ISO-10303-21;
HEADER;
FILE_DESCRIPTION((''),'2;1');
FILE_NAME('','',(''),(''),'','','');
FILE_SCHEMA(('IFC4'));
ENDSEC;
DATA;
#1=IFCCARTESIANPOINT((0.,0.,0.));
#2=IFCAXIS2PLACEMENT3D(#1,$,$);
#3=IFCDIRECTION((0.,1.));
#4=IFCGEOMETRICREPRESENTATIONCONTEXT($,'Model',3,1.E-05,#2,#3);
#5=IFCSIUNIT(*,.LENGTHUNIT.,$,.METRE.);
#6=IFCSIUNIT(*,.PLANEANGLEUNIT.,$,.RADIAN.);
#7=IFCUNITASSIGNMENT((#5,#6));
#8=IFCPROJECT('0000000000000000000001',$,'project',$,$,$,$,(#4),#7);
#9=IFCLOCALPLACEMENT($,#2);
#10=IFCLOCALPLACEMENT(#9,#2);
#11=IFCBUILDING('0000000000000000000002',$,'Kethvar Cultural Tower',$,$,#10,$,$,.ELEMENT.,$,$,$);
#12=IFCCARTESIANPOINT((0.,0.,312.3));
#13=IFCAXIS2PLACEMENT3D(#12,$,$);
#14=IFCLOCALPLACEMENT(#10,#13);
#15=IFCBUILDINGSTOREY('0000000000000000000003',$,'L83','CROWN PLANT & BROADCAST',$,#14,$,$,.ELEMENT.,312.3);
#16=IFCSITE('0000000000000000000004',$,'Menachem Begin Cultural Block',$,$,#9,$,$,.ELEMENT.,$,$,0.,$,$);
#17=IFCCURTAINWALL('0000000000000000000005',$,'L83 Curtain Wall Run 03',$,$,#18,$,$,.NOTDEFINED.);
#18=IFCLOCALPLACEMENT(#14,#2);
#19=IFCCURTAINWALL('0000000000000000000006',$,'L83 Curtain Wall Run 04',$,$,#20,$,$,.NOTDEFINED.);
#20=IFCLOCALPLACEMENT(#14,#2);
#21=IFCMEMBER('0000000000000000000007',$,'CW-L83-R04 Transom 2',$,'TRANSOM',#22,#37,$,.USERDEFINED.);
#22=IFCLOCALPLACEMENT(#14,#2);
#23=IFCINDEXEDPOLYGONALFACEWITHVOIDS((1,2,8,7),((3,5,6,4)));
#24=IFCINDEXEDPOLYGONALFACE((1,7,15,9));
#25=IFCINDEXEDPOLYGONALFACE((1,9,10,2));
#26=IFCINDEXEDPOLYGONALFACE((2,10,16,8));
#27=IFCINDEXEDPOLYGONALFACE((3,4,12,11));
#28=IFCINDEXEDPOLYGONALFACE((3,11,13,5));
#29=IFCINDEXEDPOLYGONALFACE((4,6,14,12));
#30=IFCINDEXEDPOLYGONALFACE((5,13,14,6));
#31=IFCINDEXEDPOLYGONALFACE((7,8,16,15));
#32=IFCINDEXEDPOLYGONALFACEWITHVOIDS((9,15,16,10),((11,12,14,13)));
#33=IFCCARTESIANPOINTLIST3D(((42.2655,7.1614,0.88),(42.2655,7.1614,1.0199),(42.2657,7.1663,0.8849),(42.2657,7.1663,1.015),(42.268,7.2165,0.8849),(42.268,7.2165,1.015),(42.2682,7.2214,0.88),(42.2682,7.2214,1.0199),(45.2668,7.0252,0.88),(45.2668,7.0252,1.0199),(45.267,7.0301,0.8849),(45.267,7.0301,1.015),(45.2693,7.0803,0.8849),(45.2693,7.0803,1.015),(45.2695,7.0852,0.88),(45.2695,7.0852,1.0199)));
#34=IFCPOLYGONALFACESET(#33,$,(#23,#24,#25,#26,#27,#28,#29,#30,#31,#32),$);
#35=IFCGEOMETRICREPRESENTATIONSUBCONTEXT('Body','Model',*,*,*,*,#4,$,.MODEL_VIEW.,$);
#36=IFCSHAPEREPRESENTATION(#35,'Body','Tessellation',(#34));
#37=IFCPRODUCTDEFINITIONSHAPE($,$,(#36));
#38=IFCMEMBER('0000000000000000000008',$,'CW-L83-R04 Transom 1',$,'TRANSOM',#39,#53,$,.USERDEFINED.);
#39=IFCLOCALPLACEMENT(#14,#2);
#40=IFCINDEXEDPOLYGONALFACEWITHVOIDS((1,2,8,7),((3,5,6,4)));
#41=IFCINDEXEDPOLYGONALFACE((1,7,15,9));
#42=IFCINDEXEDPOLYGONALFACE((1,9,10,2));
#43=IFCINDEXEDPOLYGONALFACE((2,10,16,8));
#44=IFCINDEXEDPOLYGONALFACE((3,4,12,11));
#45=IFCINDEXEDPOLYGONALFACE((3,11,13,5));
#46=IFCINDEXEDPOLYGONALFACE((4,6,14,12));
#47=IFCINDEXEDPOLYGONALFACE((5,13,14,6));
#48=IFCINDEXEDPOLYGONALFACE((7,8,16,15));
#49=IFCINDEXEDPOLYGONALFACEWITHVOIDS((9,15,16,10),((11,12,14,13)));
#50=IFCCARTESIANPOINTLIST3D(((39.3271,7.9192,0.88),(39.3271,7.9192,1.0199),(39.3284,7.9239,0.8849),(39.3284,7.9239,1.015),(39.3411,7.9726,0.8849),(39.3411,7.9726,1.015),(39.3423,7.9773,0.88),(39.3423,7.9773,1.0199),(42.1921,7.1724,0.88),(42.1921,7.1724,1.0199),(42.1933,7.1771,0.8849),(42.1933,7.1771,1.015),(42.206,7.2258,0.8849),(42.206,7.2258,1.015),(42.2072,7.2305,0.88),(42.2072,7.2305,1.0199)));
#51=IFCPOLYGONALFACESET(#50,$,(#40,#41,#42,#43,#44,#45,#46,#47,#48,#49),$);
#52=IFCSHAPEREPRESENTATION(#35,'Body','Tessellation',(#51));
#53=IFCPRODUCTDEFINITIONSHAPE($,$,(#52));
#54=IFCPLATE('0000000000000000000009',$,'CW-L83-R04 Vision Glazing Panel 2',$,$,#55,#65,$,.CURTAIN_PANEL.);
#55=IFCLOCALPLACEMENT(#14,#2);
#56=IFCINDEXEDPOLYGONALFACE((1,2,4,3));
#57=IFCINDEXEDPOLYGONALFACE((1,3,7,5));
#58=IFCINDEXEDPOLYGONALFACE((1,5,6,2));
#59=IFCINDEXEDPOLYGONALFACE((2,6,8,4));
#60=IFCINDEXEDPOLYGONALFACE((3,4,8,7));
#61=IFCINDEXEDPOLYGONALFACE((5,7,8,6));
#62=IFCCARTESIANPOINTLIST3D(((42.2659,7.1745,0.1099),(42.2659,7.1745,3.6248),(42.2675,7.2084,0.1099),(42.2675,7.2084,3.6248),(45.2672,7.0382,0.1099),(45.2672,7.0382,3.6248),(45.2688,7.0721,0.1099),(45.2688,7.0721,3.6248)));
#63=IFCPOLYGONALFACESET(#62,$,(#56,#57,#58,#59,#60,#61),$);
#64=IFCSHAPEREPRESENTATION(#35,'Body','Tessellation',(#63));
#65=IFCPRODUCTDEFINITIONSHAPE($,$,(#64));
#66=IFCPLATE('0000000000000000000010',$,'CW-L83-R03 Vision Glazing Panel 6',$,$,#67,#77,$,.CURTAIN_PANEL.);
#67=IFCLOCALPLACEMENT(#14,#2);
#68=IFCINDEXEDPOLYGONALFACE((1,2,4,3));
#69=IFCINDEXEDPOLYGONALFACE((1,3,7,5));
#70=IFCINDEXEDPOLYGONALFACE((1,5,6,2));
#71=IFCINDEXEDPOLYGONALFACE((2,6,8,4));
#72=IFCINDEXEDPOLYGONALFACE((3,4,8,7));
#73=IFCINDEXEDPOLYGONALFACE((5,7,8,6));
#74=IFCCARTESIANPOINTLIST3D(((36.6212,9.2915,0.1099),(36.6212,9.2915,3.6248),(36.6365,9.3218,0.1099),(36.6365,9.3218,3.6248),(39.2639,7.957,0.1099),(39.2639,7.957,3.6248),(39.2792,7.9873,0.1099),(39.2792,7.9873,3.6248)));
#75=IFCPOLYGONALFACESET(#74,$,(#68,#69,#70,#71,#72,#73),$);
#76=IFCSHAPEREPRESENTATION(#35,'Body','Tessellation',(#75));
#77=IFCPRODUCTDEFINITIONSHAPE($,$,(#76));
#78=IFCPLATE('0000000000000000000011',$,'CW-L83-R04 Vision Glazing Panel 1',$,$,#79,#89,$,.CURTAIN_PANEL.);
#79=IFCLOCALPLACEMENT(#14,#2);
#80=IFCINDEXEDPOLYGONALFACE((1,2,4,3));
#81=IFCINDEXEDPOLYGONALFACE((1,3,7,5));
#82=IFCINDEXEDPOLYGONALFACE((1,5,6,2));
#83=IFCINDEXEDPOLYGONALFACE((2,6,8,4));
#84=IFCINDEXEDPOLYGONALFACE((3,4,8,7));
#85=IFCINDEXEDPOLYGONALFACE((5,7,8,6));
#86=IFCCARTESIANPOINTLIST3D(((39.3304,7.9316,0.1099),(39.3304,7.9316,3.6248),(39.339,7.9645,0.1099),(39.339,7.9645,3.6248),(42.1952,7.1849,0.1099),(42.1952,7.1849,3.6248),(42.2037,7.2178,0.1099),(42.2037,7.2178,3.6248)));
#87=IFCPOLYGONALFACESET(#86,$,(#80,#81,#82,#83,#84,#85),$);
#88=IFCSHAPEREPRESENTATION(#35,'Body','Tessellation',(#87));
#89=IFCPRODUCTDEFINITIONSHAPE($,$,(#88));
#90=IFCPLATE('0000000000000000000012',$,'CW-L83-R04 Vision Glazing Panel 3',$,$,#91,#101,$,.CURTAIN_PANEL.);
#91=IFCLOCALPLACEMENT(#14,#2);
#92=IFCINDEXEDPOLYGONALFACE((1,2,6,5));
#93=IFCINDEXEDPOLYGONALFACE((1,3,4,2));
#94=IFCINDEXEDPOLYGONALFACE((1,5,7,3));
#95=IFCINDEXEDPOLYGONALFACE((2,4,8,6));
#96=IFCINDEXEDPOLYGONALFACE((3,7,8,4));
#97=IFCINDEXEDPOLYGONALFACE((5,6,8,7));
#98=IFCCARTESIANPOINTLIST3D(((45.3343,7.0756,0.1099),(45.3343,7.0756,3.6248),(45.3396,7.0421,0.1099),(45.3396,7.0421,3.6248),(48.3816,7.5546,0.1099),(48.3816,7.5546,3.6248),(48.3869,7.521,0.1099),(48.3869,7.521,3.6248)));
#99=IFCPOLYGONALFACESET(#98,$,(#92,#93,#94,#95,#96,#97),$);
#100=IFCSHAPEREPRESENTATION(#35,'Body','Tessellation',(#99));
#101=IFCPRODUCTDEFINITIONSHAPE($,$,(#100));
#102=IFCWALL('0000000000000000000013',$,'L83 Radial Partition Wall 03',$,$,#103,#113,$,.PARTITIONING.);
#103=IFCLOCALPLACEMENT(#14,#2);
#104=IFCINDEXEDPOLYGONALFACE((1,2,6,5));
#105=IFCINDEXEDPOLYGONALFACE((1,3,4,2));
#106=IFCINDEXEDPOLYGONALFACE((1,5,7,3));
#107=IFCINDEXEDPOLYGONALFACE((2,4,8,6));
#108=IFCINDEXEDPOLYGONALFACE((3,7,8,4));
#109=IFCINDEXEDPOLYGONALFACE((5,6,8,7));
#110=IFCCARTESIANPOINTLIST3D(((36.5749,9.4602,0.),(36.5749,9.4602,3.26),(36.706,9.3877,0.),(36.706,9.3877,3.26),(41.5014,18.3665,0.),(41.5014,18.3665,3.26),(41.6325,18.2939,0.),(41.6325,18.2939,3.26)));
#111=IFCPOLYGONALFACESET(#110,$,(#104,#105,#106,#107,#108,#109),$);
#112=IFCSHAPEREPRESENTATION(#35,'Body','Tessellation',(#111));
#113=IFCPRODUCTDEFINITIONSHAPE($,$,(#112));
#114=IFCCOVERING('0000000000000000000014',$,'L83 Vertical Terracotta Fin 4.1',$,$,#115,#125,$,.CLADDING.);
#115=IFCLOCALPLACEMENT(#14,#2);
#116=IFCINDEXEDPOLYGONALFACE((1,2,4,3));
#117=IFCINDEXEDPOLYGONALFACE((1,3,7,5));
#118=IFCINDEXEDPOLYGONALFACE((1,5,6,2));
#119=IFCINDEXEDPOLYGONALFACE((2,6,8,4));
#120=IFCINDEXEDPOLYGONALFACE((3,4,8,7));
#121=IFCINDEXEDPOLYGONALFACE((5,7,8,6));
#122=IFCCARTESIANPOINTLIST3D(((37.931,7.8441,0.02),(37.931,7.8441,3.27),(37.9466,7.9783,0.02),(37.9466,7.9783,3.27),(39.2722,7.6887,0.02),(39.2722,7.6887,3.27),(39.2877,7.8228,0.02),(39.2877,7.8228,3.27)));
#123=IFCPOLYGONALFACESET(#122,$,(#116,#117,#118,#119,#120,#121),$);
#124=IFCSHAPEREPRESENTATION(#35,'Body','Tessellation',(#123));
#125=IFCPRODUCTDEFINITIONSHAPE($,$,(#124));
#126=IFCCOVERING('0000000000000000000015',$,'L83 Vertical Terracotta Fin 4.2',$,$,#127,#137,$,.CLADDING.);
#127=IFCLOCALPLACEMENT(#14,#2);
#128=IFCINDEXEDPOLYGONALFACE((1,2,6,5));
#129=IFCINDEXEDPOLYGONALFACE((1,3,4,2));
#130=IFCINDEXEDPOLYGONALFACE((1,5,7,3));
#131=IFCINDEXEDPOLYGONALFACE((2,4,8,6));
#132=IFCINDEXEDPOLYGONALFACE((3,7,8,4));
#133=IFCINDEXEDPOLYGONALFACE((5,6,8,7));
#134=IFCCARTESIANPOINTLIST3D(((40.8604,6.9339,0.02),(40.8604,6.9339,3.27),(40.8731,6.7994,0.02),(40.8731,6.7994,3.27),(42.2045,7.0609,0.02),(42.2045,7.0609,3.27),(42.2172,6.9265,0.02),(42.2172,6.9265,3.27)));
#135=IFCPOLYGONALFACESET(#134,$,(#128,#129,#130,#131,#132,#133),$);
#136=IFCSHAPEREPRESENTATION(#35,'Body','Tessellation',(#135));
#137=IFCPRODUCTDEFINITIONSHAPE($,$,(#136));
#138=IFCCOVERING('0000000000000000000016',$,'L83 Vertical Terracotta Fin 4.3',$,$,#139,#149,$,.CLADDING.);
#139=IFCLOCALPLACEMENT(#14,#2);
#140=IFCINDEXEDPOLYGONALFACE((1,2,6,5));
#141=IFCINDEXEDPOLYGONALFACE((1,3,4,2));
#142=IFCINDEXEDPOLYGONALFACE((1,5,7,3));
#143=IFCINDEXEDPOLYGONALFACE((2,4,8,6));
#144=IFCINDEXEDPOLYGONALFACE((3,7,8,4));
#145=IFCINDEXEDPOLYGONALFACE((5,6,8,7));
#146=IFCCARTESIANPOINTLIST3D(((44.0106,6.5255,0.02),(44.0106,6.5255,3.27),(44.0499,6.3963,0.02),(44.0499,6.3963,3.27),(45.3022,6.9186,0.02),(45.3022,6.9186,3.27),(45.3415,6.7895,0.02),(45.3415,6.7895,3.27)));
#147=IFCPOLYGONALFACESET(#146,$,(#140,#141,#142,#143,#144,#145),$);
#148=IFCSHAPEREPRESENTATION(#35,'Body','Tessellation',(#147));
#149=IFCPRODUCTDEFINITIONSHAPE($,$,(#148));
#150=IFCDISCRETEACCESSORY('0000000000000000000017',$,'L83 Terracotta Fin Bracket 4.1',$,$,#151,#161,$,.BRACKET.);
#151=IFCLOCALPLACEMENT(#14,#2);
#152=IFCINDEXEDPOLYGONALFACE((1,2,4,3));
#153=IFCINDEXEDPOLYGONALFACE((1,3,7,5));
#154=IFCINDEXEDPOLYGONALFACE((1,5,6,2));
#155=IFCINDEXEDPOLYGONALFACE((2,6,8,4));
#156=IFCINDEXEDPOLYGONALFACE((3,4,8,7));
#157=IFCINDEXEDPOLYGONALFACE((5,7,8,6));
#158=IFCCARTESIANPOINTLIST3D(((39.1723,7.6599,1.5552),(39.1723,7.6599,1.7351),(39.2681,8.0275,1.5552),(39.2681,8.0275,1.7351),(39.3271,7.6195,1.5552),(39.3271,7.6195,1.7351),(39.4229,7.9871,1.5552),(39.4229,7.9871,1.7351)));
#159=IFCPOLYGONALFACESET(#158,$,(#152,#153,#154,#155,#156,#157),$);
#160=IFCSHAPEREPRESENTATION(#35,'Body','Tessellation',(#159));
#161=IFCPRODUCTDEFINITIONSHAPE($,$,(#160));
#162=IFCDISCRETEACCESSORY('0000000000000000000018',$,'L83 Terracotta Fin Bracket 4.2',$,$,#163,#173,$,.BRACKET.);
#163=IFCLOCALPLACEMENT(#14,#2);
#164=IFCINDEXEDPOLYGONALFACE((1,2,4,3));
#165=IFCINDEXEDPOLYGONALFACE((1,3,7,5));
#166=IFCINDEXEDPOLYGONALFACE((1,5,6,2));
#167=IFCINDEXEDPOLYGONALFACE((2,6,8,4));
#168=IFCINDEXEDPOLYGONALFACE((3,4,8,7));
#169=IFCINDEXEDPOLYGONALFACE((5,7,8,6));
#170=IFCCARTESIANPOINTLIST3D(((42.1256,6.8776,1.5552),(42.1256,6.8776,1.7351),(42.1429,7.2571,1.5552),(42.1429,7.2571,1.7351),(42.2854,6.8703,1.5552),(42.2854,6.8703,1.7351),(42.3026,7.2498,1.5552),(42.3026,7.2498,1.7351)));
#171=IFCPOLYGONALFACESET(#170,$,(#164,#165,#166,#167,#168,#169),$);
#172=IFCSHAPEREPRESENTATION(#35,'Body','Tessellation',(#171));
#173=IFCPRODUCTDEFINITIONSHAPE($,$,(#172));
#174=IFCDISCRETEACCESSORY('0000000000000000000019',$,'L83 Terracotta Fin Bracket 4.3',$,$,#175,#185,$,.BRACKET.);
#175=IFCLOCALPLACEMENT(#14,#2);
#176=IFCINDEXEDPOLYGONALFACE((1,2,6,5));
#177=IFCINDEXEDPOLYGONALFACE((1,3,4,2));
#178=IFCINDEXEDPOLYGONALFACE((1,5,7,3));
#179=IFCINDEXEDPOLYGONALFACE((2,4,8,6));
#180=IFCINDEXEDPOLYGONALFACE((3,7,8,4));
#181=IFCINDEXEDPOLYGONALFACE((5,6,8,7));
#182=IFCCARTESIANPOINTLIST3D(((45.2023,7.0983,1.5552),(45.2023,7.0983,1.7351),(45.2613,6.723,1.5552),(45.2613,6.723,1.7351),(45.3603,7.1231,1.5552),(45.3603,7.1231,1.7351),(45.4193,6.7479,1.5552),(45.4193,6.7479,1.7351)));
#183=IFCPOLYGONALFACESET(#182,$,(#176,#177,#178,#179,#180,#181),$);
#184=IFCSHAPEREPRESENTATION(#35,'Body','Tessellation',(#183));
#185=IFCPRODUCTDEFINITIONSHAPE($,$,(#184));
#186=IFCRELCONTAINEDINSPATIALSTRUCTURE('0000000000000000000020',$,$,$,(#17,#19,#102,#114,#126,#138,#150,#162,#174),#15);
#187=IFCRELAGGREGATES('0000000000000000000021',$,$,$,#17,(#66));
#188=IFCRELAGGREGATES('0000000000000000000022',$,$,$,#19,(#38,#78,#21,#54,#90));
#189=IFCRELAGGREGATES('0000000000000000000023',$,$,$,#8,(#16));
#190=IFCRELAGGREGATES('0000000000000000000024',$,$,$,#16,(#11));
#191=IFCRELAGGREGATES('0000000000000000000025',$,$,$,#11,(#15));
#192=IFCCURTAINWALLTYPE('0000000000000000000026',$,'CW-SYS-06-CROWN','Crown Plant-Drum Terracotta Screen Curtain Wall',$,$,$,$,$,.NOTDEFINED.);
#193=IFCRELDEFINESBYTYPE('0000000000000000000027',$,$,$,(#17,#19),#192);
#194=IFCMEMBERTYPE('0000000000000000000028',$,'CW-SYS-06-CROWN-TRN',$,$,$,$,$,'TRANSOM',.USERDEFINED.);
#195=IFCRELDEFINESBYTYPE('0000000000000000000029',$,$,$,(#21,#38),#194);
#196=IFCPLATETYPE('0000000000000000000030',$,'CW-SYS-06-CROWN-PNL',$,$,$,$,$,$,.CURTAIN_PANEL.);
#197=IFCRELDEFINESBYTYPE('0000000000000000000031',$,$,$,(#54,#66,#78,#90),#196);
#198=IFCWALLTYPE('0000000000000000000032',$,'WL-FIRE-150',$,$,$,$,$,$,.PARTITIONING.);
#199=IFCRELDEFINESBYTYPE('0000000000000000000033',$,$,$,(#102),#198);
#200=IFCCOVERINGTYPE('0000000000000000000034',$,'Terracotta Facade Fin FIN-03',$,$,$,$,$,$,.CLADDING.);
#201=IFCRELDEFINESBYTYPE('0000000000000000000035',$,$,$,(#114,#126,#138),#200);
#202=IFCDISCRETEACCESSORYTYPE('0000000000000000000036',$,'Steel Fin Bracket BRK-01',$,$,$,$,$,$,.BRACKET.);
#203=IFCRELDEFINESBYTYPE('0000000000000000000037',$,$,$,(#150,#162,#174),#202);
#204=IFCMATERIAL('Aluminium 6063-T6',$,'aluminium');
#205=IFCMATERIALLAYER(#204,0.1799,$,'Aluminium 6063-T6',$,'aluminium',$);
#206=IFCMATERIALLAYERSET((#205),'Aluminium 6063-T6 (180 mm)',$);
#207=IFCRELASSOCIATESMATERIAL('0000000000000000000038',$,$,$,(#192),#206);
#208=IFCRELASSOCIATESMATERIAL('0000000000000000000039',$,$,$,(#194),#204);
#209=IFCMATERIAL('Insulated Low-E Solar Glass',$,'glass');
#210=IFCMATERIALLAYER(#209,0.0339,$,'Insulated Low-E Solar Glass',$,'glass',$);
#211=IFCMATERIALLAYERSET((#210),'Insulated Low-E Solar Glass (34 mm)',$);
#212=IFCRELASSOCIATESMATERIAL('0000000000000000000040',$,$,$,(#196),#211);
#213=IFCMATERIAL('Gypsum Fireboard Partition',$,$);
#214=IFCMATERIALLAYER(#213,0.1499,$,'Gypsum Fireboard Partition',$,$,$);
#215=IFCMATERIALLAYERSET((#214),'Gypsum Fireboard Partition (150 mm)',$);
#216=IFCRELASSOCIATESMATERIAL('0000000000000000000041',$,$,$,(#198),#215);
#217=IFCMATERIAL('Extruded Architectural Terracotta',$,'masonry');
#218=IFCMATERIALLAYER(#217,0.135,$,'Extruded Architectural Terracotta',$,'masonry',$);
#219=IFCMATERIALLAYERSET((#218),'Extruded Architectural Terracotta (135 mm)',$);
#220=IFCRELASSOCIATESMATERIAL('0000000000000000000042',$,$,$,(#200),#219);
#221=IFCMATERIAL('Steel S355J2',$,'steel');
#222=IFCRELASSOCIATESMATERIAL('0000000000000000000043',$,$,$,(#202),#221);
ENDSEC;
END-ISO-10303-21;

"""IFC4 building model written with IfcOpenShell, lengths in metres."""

from ifc_helpers import new_model, si_unit, direction, frame, frame_2d, origin, origin_2d, place, context, subcontext, project, spatial, rectangle, hollow_rectangle, extrude, source, transform, mapped, material, layer, layer_set, material_profile, profile_set, type_object, element, aggregate, save


model = new_model("IFC4")

# Units and contexts
model_context = context("Model", 3, precision=1e-05, world=origin(), true_north=direction((0.0, 1.0)))
body_context = subcontext(model_context, "Body", "Model", "MODEL_VIEW")
ifc_project = project(units=[si_unit("LENGTHUNIT", "METRE"), si_unit("PLANEANGLEUNIT", "RADIAN")], contexts=[model_context])

# Site, building, storey
site_placement = place(None, origin())
site = spatial("IfcSite", under=ifc_project, at=site_placement, Name="Menachem Begin Cultural Block", CompositionType="ELEMENT", RefElevation=0.0)
building_placement = place(site_placement, origin())
building = spatial("IfcBuilding", under=site, at=building_placement, Name="Kethvar Cultural Tower", CompositionType="ELEMENT")
storey_placement = place(building_placement, frame((0.0, 0.0, 312.3)))
storey = spatial("IfcBuildingStorey", under=building, at=storey_placement, Name="L83", Description="CROWN PLANT & BROADCAST", CompositionType="ELEMENT", Elevation=312.3)

# Shared definitions
ifc_material_1 = material(Name="Steel S355J2", Category="steel")

# Curtain wall
ifc_material_2 = material(Name="Aluminium 6063-T6", Category="aluminium")
ifc_layer_1 = layer(ifc_material_2, 0.1799, Name="Aluminium 6063-T6", Category="aluminium")
ifc_layer_set_1 = layer_set([ifc_layer_1], Name="Aluminium 6063-T6 (180 mm)")
curtain_wall_type = type_object("IfcCurtainWallType", Name="CW-SYS-06-CROWN", Description="Crown Plant-Drum Terracotta Screen Curtain Wall", PredefinedType="NOTDEFINED", material=ifc_layer_set_1)
curtain_wall_1_placement = place(storey_placement, origin())
curtain_wall_1 = element("IfcCurtainWall", 1, at=curtain_wall_1_placement, inside=storey, type_object=curtain_wall_type, Name="L83 Curtain Wall Run 03", PredefinedType="NOTDEFINED")

# Curtain wall, members, plate
curtain_wall_2_placement = place(storey_placement, origin())
curtain_wall_2 = element("IfcCurtainWall", 2, at=curtain_wall_2_placement, inside=storey, type_object=curtain_wall_type, Name="L83 Curtain Wall Run 04", PredefinedType="NOTDEFINED")
ifc_material_profile_1 = material_profile(ifc_material_2, hollow_rectangle(XDim=0.0601, YDim=0.1399, WallThickness=0.0049, at=origin_2d()), Name="Aluminium 6063-T6 — RHS140x60x5")
ifc_profile_set_1 = profile_set([ifc_material_profile_1], Name="Aluminium 6063-T6 — RHS140x60x5")
member_type_1 = type_object("IfcMemberType", Name="CW-SYS-06-CROWN-TRN", ElementType="TRANSOM", PredefinedType="USERDEFINED", material=ifc_profile_set_1)
shared_shape_1 = source(origin(), body_context, "Body", "SweptSolid", [
    extrude(hollow_rectangle(XDim=0.0601, YDim=0.1399, WallThickness=0.0049, at=origin_2d()), origin(), (0.0, 0.0, 1.0), 3.0044),
])
member_1_placement = place(storey_placement, frame((42.2668, 7.1914, 0.95), z_axis=(0.998971, -0.045345, 0.0), x_axis=(0.045345, 0.998971, 0.0)))
member_1 = element("IfcMember", 3, at=member_1_placement, type_object=member_type_1, Name="CW-L83-R04 Transom 2", ObjectType="TRANSOM", PredefinedType="USERDEFINED", context=body_context, shape_type="MappedRepresentation", body=[
    mapped(shared_shape_1, transform((0.0, 0.0, 0.0), scale=1.0)),
])
shared_shape_2 = source(origin(), body_context, "Body", "SweptSolid", [
    extrude(hollow_rectangle(XDim=0.0601, YDim=0.1399, WallThickness=0.0049, at=origin_2d()), origin(), (0.0, 0.0, 1.0), 2.9607),
])
member_2_placement = place(storey_placement, frame((39.3347, 7.9482, 0.95), z_axis=(0.967664, -0.252244, 0.0), x_axis=(0.252244, 0.967664, 0.0)))
member_2 = element("IfcMember", 4, at=member_2_placement, type_object=member_type_1, Name="CW-L83-R04 Transom 1", ObjectType="TRANSOM", PredefinedType="USERDEFINED", context=body_context, shape_type="MappedRepresentation", body=[
    mapped(shared_shape_2, transform((0.0, 0.0, 0.0), scale=1.0)),
])
ifc_material_3 = material(Name="Insulated Low-E Solar Glass", Category="glass")
ifc_layer_2 = layer(ifc_material_3, 0.0339, Name="Insulated Low-E Solar Glass", Category="glass")
ifc_layer_set_2 = layer_set([ifc_layer_2], Name="Insulated Low-E Solar Glass (34 mm)")
plate_type = type_object("IfcPlateType", Name="CW-SYS-06-CROWN-PNL", PredefinedType="CURTAIN_PANEL", material=ifc_layer_set_2)
shared_shape_3 = source(origin(), body_context, "Body", "SweptSolid", [
    extrude(rectangle(XDim=3.0044, YDim=0.0339, at=origin_2d()), origin(), (0.0, 0.0, 1.0), 3.5149),
])
plate_1_placement = place(storey_placement, frame((43.7673, 7.1233, 0.1099), z_axis=(0.0, 0.0, 1.0), x_axis=(0.998971, -0.045346, 0.0)))
plate_1 = element("IfcPlate", 5, at=plate_1_placement, type_object=plate_type, Name="CW-L83-R04 Vision Glazing Panel 2", PredefinedType="CURTAIN_PANEL", context=body_context, shape_type="MappedRepresentation", body=[
    mapped(shared_shape_3, transform((0.0, 0.0, 0.0), scale=1.0)),
])

# Plates
shared_shape_4 = source(origin(), body_context, "Body", "SweptSolid", [
    extrude(rectangle(XDim=2.9604, YDim=0.0339, at=origin_2d()), origin(), (0.0, 0.0, 1.0), 3.5149),
])
plate_2_placement = place(storey_placement, frame((37.9502, 8.6394, 0.1099), z_axis=(0.0, 0.0, 1.0), x_axis=(0.892649, -0.450753, 0.0)))
plate_2 = element("IfcPlate", 6, at=plate_2_placement, type_object=plate_type, Name="CW-L83-R03 Vision Glazing Panel 6", PredefinedType="CURTAIN_PANEL", context=body_context, shape_type="MappedRepresentation", body=[
    mapped(shared_shape_4, transform((0.0, 0.0, 0.0), scale=1.0)),
])
aggregate(curtain_wall_1, [plate_2])
plate_3_placement = place(storey_placement, frame((40.7671, 7.5747, 0.1099), z_axis=(0.0, 0.0, 1.0), x_axis=(0.96767, -0.252221, 0.0)))
plate_3 = element("IfcPlate", 7, at=plate_3_placement, type_object=plate_type, Name="CW-L83-R04 Vision Glazing Panel 1", PredefinedType="CURTAIN_PANEL", context=body_context, shape_type="MappedRepresentation", body=[
    mapped(shared_shape_4, transform((0.0, 0.0, 0.0), scale=1.0)),
])
shared_shape_5 = source(origin(), body_context, "Body", "SweptSolid", [
    extrude(rectangle(XDim=3.0847, YDim=0.0339, at=origin_2d()), origin(), (0.0, 0.0, 1.0), 3.5149),
])
plate_4_placement = place(storey_placement, frame((46.8606, 7.2983, 0.1099), z_axis=(0.0, 0.0, 1.0), x_axis=(0.987873, 0.155262, 0.0)))
plate_4 = element("IfcPlate", 8, at=plate_4_placement, type_object=plate_type, Name="CW-L83-R04 Vision Glazing Panel 3", PredefinedType="CURTAIN_PANEL", context=body_context, shape_type="MappedRepresentation", body=[
    mapped(shared_shape_5, transform((0.0, 0.0, 0.0), scale=1.0)),
])
aggregate(curtain_wall_2, [member_2, plate_3, member_1, plate_1, plate_4])

# Wall
ifc_material_4 = material(Name="Gypsum Fireboard Partition")
ifc_layer_3 = layer(ifc_material_4, 0.1499, Name="Gypsum Fireboard Partition")
ifc_layer_set_3 = layer_set([ifc_layer_3], Name="Gypsum Fireboard Partition (150 mm)")
wall_type_1 = type_object("IfcWallType", Name="WL-FIRE-150", PredefinedType="PARTITIONING", material=ifc_layer_set_3)
wall_1_placement = place(storey_placement, frame((41.5669, 18.3301, 0.0), z_axis=(0.0, 0.0, 1.0), x_axis=(-0.484035, -0.875049, 0.0)))
element("IfcWall", 9, at=wall_1_placement, inside=storey, type_object=wall_type_1, Name="L83 Radial Partition Wall 03", PredefinedType="PARTITIONING", context=body_context, shape_type="SweptSolid", body=[
    extrude(rectangle(XDim=10.178, YDim=0.1499, at=frame_2d((5.0889, 0.0))), origin(), (0.0, 0.0, 1.0), 3.26),
])

# Coverings
ifc_material_5 = material(Name="Extruded Architectural Terracotta", Category="masonry")
ifc_layer_4 = layer(ifc_material_5, 0.135, Name="Extruded Architectural Terracotta", Category="masonry")
ifc_layer_set_4 = layer_set([ifc_layer_4], Name="Extruded Architectural Terracotta (135 mm)")
covering_type = type_object("IfcCoveringType", Name="Terracotta Facade Fin FIN-03", PredefinedType="CLADDING", material=ifc_layer_set_4)
shared_shape_6 = source(origin(), body_context, "Body", "SweptSolid", [
    extrude(rectangle(XDim=1.3501, YDim=0.135, at=origin_2d()), origin(), (0.0, 0.0, 1.0), 3.25),
])
for number, where, z_axis, x_axis, name in (
    (10, (38.6094, 7.8335, 0.02), (0.0, 0.0, 1.0), (-0.993353, 0.115111, 0.0), "L83 Vertical Terracotta Fin 4.1"),
    (11, (41.5388, 6.9302, 0.02), (0.0, 0.0, 1.0), (-0.995562, -0.094108, 0.0), "L83 Vertical Terracotta Fin 4.2"),
    (12, (44.676, 6.6575, 0.02), (0.0, 0.0, 1.0), (-0.956661, -0.291203, 0.0), "L83 Vertical Terracotta Fin 4.3"),
):
    element("IfcCovering", number, at=place(storey_placement, frame(where, z_axis=z_axis, x_axis=x_axis)), inside=storey, type_object=covering_type, Name=name, PredefinedType="CLADDING", context=body_context, shape_type="MappedRepresentation", body=[
        mapped(shared_shape_6, transform((0.0, 0.0, 0.0), scale=1.0)),
    ])

# Discrete accessories
discrete_accessory_type = type_object("IfcDiscreteAccessoryType", Name="Steel Fin Bracket BRK-01", PredefinedType="BRACKET", material=ifc_material_1)
shared_shape_7 = source(origin(), body_context, "Body", "SweptSolid", [
    extrude(rectangle(XDim=0.3799, YDim=0.1599, at=origin_2d()), origin(), (0.0, 0.0, 1.0), 0.1799),
])
for number, where, z_axis, x_axis, name in (
    (13, (39.2976, 7.8235, 1.5552), (0.0, 0.0, 1.0), (-0.252238, -0.967665, 0.0), "L83 Terracotta Fin Bracket 4.1"),
    (14, (42.2141, 7.0637, 1.5552), (0.0, 0.0, 1.0), (-0.045363, -0.998971, 0.0), "L83 Terracotta Fin Bracket 4.2"),
    (15, (45.3108, 6.9231, 1.5552), (0.0, 0.0, 1.0), (0.155228, -0.987879, 0.0), "L83 Terracotta Fin Bracket 4.3"),
):
    element("IfcDiscreteAccessory", number, at=place(storey_placement, frame(where, z_axis=z_axis, x_axis=x_axis)), inside=storey, type_object=discrete_accessory_type, Name=name, PredefinedType="BRACKET", context=body_context, shape_type="MappedRepresentation", body=[
        mapped(shared_shape_7, transform((0.0, 0.0, 0.0), scale=1.0)),
    ])

save(model, "model.ifc")
